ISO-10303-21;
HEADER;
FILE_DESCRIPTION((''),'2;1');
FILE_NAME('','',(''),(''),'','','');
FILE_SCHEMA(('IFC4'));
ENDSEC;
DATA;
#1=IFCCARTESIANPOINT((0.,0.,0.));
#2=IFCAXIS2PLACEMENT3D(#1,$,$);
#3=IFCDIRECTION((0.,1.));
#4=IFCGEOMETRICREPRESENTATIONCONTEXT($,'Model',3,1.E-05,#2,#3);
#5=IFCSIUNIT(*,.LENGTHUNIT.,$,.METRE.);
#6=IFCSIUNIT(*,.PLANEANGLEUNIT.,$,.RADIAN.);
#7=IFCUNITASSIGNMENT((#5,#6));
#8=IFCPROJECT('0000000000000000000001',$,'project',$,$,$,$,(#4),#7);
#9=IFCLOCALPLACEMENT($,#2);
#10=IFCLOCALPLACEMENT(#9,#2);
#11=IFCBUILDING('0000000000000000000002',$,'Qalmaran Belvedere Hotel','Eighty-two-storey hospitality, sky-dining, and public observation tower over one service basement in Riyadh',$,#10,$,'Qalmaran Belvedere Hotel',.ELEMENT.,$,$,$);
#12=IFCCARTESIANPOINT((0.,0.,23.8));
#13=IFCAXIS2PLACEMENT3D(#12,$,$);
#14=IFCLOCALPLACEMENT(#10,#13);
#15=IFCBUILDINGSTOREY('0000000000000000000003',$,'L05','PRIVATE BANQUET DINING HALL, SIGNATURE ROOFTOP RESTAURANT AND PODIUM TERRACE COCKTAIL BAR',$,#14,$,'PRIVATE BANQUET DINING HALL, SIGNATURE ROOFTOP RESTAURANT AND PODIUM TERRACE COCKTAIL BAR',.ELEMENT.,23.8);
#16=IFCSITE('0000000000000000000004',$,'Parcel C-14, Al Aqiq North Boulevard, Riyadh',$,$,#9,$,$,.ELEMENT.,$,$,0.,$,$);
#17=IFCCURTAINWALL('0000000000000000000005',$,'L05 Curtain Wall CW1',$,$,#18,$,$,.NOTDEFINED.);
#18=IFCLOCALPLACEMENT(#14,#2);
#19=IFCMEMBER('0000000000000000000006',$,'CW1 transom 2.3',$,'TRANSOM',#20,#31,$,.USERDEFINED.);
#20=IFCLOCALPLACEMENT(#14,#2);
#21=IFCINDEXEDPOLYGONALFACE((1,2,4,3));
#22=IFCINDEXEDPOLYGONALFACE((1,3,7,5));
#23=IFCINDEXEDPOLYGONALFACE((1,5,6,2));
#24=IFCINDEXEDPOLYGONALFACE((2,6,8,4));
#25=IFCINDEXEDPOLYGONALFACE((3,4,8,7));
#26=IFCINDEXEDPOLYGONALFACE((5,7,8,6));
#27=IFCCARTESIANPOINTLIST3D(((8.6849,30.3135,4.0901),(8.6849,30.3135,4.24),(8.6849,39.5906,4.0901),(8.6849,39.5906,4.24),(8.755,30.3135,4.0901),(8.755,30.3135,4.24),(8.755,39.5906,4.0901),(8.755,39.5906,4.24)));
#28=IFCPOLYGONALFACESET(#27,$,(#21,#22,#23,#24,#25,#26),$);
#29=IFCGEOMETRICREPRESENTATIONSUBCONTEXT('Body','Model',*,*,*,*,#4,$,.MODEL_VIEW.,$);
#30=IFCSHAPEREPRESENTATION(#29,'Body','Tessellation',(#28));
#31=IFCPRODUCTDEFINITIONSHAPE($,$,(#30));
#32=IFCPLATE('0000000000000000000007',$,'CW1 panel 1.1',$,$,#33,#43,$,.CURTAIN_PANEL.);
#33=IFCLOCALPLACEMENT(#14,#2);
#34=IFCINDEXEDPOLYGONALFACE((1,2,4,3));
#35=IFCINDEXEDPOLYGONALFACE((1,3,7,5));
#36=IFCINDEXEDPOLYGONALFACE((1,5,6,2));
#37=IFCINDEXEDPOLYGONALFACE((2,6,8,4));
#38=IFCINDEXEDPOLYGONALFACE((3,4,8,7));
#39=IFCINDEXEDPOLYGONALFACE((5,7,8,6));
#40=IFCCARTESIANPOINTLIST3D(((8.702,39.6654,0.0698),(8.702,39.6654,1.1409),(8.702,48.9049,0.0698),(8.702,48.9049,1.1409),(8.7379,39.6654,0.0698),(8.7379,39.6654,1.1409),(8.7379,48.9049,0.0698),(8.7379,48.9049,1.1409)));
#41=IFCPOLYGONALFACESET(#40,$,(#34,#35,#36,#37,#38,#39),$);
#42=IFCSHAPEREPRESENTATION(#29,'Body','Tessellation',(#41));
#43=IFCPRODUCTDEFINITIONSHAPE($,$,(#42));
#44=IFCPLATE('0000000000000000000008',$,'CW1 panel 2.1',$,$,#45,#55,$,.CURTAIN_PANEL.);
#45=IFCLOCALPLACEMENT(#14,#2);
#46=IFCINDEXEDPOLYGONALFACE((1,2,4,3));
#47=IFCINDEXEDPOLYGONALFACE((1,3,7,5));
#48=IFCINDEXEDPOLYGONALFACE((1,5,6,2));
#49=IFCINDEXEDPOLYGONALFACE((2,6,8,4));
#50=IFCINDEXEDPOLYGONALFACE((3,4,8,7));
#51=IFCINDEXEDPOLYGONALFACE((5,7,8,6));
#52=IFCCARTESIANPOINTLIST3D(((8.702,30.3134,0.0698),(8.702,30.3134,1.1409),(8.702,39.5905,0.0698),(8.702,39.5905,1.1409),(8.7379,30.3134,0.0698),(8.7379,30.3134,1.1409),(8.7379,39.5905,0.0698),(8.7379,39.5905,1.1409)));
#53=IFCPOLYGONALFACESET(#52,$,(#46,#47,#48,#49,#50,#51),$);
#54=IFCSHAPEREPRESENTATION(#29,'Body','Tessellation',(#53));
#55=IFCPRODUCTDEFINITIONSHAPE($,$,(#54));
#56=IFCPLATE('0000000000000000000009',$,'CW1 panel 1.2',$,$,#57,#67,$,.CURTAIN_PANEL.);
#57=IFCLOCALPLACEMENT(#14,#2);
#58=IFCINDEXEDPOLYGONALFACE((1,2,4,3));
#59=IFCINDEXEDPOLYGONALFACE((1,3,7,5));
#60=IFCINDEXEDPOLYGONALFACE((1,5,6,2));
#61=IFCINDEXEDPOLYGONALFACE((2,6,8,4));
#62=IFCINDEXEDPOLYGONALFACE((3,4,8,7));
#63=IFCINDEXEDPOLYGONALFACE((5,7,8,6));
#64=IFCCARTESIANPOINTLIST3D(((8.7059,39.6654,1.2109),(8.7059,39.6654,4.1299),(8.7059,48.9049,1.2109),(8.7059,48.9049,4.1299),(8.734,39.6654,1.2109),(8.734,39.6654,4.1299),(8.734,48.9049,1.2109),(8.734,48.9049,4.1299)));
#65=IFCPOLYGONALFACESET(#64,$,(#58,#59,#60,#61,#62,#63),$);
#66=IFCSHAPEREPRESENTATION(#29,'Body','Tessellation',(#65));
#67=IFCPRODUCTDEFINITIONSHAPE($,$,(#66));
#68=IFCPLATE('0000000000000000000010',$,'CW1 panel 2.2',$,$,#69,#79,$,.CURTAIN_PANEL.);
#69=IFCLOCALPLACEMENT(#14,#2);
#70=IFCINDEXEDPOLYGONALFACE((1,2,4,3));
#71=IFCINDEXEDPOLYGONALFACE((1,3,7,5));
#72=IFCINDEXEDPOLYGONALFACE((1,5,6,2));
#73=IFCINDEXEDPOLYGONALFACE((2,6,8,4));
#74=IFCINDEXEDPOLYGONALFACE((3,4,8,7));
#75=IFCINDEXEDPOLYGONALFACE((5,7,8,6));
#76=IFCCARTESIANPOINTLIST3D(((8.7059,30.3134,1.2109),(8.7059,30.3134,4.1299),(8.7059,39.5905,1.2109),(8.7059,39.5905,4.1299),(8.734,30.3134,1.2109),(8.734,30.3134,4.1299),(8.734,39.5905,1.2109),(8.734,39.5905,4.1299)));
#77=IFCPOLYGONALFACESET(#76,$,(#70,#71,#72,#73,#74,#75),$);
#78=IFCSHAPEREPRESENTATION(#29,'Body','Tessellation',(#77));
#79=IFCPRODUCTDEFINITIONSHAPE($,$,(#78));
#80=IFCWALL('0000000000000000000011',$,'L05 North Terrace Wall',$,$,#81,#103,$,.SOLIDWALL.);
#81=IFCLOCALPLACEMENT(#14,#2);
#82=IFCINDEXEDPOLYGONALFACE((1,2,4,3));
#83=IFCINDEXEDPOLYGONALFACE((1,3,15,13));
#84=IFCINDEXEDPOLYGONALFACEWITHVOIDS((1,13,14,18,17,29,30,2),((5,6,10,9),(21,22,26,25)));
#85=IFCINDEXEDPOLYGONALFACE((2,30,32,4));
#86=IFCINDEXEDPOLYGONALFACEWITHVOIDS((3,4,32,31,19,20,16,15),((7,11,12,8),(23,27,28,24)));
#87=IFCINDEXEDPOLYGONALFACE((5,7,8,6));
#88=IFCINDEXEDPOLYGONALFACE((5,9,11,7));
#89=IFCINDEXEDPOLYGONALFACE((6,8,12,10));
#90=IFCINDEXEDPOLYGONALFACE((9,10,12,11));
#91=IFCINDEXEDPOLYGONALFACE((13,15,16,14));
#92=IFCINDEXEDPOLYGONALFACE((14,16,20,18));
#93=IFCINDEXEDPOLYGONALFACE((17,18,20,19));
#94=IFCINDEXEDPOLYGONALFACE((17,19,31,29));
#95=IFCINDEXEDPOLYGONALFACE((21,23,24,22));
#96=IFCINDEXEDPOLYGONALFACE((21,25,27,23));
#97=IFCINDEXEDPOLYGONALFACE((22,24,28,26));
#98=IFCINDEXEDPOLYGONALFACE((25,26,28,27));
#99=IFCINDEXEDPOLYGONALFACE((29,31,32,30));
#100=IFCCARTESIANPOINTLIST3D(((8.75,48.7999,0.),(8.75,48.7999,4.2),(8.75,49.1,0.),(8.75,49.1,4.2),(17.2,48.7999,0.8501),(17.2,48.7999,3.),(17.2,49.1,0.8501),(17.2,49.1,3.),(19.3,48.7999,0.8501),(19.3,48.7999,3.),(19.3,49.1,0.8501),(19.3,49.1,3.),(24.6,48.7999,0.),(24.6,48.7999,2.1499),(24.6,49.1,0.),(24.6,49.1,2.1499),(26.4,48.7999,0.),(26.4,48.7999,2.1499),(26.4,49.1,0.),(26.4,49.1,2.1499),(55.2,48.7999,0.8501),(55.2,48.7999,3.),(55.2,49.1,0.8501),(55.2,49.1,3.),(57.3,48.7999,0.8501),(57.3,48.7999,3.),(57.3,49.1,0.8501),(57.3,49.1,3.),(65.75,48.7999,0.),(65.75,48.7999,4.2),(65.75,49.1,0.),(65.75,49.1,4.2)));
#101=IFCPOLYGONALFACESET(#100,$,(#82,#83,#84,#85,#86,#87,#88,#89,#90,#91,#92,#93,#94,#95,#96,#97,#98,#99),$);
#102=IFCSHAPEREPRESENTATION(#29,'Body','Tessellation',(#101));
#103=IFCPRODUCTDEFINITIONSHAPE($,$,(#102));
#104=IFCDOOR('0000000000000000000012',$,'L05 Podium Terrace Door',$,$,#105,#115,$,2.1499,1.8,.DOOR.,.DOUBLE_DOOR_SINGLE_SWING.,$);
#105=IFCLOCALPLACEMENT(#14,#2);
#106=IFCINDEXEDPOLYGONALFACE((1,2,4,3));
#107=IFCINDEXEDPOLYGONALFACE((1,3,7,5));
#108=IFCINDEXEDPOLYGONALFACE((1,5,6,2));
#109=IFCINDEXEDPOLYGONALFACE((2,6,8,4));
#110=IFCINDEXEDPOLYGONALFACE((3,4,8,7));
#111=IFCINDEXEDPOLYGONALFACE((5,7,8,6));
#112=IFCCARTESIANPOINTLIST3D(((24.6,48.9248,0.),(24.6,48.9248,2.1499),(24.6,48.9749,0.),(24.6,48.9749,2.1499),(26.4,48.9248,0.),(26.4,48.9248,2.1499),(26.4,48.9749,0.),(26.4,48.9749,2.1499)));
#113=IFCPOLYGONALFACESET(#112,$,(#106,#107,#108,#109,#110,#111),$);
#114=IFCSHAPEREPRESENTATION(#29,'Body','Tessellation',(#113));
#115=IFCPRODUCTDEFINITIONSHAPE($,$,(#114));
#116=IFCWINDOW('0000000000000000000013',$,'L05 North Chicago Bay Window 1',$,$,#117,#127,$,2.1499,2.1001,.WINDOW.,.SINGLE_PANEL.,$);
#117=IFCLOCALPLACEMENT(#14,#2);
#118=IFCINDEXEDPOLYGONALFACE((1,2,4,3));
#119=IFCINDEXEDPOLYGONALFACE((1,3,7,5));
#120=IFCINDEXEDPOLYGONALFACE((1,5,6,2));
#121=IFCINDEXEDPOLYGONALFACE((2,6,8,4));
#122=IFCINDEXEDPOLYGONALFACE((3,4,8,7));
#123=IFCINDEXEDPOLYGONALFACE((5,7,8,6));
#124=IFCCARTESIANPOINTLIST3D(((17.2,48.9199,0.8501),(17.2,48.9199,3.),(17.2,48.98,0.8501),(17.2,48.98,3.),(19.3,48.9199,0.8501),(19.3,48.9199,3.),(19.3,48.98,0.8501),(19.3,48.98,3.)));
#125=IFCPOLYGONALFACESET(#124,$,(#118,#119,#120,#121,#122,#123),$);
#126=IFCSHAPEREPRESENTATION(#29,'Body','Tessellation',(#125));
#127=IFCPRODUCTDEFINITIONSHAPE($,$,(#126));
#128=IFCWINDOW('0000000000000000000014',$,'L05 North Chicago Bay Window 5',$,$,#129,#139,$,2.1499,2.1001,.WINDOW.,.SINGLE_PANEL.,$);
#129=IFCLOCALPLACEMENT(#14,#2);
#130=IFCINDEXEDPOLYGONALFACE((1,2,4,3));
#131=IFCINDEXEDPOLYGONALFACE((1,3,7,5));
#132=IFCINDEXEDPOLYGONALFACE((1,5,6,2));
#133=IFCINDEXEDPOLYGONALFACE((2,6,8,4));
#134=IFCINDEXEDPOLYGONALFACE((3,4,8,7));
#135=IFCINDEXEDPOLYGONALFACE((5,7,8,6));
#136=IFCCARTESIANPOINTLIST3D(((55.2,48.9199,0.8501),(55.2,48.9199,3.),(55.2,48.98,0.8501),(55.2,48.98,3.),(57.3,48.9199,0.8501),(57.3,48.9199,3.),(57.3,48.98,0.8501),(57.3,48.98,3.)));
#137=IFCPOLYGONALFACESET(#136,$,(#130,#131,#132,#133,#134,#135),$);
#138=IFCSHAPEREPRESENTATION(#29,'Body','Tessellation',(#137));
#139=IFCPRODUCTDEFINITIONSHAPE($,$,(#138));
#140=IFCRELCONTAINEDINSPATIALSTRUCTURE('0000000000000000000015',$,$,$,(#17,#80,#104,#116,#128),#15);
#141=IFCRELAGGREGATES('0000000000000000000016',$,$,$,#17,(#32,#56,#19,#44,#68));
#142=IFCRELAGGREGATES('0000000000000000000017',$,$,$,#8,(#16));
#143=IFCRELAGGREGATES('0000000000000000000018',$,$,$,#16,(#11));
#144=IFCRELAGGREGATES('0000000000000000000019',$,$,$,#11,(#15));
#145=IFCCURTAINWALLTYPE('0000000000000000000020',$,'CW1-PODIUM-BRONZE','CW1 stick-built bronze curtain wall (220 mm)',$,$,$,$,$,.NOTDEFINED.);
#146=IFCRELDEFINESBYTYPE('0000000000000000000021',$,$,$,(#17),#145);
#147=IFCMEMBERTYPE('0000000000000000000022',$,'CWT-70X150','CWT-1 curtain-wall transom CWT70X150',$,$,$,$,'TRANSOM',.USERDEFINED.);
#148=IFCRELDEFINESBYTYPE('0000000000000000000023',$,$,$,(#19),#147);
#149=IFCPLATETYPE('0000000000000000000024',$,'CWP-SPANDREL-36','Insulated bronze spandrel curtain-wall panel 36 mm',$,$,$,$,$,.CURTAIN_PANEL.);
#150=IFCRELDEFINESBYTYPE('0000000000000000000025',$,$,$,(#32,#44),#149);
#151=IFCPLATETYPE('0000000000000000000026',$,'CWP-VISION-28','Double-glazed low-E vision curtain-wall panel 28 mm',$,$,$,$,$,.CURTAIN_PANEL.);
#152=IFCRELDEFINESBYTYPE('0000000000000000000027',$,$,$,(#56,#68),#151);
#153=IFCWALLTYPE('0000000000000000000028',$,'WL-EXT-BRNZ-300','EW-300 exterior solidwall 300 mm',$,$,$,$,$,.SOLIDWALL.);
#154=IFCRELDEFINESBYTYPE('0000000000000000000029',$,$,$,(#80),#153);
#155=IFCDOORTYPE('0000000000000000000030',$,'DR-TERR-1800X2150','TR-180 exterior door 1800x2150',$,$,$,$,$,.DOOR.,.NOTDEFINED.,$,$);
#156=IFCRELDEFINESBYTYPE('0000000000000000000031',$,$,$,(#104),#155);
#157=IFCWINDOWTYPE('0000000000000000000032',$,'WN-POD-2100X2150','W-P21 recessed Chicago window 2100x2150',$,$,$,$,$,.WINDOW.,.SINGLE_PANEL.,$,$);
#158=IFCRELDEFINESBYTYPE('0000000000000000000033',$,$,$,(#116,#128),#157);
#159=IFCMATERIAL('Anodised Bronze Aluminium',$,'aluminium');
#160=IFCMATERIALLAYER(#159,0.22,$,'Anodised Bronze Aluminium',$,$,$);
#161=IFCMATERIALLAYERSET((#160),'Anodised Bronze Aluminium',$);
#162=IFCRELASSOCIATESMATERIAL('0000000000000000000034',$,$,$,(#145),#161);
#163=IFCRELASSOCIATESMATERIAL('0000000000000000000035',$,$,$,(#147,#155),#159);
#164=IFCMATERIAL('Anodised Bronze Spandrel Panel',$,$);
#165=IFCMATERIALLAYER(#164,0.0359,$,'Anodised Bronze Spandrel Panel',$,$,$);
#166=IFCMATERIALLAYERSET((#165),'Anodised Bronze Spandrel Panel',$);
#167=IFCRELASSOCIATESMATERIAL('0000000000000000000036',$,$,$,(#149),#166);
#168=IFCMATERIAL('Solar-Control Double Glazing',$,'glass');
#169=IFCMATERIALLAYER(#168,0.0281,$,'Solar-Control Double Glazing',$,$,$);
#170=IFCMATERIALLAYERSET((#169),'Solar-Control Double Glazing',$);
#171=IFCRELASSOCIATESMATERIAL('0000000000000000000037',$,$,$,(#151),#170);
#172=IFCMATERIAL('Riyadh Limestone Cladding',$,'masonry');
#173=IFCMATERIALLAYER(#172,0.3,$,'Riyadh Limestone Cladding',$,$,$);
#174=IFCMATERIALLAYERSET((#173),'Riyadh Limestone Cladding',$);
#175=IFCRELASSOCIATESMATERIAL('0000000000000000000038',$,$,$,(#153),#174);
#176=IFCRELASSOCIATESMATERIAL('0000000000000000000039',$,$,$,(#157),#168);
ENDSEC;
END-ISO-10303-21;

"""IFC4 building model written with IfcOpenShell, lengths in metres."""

from ifc_helpers import new_model, si_unit, direction, frame, frame_2d, origin, origin_2d, place, context, subcontext, project, spatial, rectangle, extrude, material, layer, layer_set, material_profile, profile_set, type_object, element, fill, aggregate, save


model = new_model("IFC4")

# Units and contexts
model_context = context("Model", 3, precision=1e-05, world=origin(), true_north=direction((0.0, 1.0)))
body_context = subcontext(model_context, "Body", "Model", "MODEL_VIEW")
ifc_project = project(units=[si_unit("LENGTHUNIT", "METRE"), si_unit("PLANEANGLEUNIT", "RADIAN")], contexts=[model_context])

# Site, building, storey
site_placement = place(None, origin())
site = spatial("IfcSite", under=ifc_project, at=site_placement, Name="Parcel C-14, Al Aqiq North Boulevard, Riyadh", CompositionType="ELEMENT", RefElevation=0.0)
building_placement = place(site_placement, origin())
building = spatial("IfcBuilding", under=site, at=building_placement, Name="Qalmaran Belvedere Hotel", Description="Eighty-two-storey hospitality, sky-dining, and public observation tower over one service basement in Riyadh", LongName="Qalmaran Belvedere Hotel", CompositionType="ELEMENT")
storey_placement = place(building_placement, frame((0.0, 0.0, 23.8)))
storey = spatial("IfcBuildingStorey", under=building, at=storey_placement, Name="L05", Description="PRIVATE BANQUET DINING HALL, SIGNATURE ROOFTOP RESTAURANT AND PODIUM TERRACE COCKTAIL BAR", LongName="PRIVATE BANQUET DINING HALL, SIGNATURE ROOFTOP RESTAURANT AND PODIUM TERRACE COCKTAIL BAR", CompositionType="ELEMENT", Elevation=23.8)

# Curtain wall, member, plates
ifc_material_1 = material(Name="Anodised Bronze Aluminium", Category="aluminium")
ifc_layer_1 = layer(ifc_material_1, 0.22, Name="Anodised Bronze Aluminium")
ifc_layer_set_1 = layer_set([ifc_layer_1], Name="Anodised Bronze Aluminium")
curtain_wall_type = type_object("IfcCurtainWallType", Name="CW1-PODIUM-BRONZE", Description="CW1 stick-built bronze curtain wall (220 mm)", PredefinedType="NOTDEFINED", material=ifc_layer_set_1)
curtain_wall_placement = place(storey_placement, origin())
curtain_wall = element("IfcCurtainWall", 1, at=curtain_wall_placement, inside=storey, type_object=curtain_wall_type, Name="L05 Curtain Wall CW1", PredefinedType="NOTDEFINED")
ifc_material_profile_1 = material_profile(ifc_material_1, rectangle(XDim=0.0701, YDim=0.1499, at=origin_2d()), Name="CWT70X150")
ifc_profile_set_1 = profile_set([ifc_material_profile_1], Name="Anodised Bronze Aluminium")
member_type_1 = type_object("IfcMemberType", Name="CWT-70X150", Description="CWT-1 curtain-wall transom CWT70X150", ElementType="TRANSOM", PredefinedType="USERDEFINED", material=ifc_profile_set_1)
member_1_placement = place(storey_placement, frame((8.72, 39.5906, 4.165), z_axis=(0.0, -1.0, 0.0), x_axis=(1.0, 0.0, 0.0)))
member_1 = element("IfcMember", 2, at=member_1_placement, type_object=member_type_1, Name="CW1 transom 2.3", ObjectType="TRANSOM", PredefinedType="USERDEFINED", context=body_context, shape_type="SweptSolid", body=[
    extrude(rectangle(XDim=0.0701, YDim=0.1499, at=origin_2d()), origin(), (0.0, 0.0, 1.0), 9.2771),
])
ifc_material_2 = material(Name="Anodised Bronze Spandrel Panel")
ifc_layer_2 = layer(ifc_material_2, 0.0359, Name="Anodised Bronze Spandrel Panel")
ifc_layer_set_2 = layer_set([ifc_layer_2], Name="Anodised Bronze Spandrel Panel")
plate_type_1 = type_object("IfcPlateType", Name="CWP-SPANDREL-36", Description="Insulated bronze spandrel curtain-wall panel 36 mm", PredefinedType="CURTAIN_PANEL", material=ifc_layer_set_2)
plate_1_placement = place(storey_placement, frame((8.72, 44.2852, 0.0698), z_axis=(0.0, 0.0, 1.0), x_axis=(0.0, -1.0, 0.0)))
plate_1 = element("IfcPlate", 3, at=plate_1_placement, type_object=plate_type_1, Name="CW1 panel 1.1", PredefinedType="CURTAIN_PANEL", context=body_context, shape_type="SweptSolid", body=[
    extrude(rectangle(XDim=9.2395, YDim=0.0359, at=origin_2d()), origin(), (0.0, 0.0, 1.0), 1.071),
])
plate_2_placement = place(storey_placement, frame((8.72, 34.9519, 0.0698), z_axis=(0.0, 0.0, 1.0), x_axis=(0.0, -1.0, 0.0)))
plate_2 = element("IfcPlate", 4, at=plate_2_placement, type_object=plate_type_1, Name="CW1 panel 2.1", PredefinedType="CURTAIN_PANEL", context=body_context, shape_type="SweptSolid", body=[
    extrude(rectangle(XDim=9.2771, YDim=0.0359, at=origin_2d()), origin(), (0.0, 0.0, 1.0), 1.071),
])
ifc_material_3 = material(Name="Solar-Control Double Glazing", Category="glass")
ifc_layer_3 = layer(ifc_material_3, 0.0281, Name="Solar-Control Double Glazing")
ifc_layer_set_3 = layer_set([ifc_layer_3], Name="Solar-Control Double Glazing")
plate_type_2 = type_object("IfcPlateType", Name="CWP-VISION-28", Description="Double-glazed low-E vision curtain-wall panel 28 mm", PredefinedType="CURTAIN_PANEL", material=ifc_layer_set_3)
plate_3_placement = place(storey_placement, frame((8.72, 44.2852, 1.2109), z_axis=(0.0, 0.0, 1.0), x_axis=(0.0, -1.0, 0.0)))
plate_3 = element("IfcPlate", 5, at=plate_3_placement, type_object=plate_type_2, Name="CW1 panel 1.2", PredefinedType="CURTAIN_PANEL", context=body_context, shape_type="SweptSolid", body=[
    extrude(rectangle(XDim=9.2395, YDim=0.0281, at=origin_2d()), origin(), (0.0, 0.0, 1.0), 2.9189),
])
plate_4_placement = place(storey_placement, frame((8.72, 34.9519, 1.2109), z_axis=(0.0, 0.0, 1.0), x_axis=(0.0, -1.0, 0.0)))
plate_4 = element("IfcPlate", 6, at=plate_4_placement, type_object=plate_type_2, Name="CW1 panel 2.2", PredefinedType="CURTAIN_PANEL", context=body_context, shape_type="SweptSolid", body=[
    extrude(rectangle(XDim=9.2771, YDim=0.0281, at=origin_2d()), origin(), (0.0, 0.0, 1.0), 2.9189),
])
aggregate(curtain_wall, [plate_1, plate_3, member_1, plate_2, plate_4])

# Wall, openings, door, windows
ifc_material_4 = material(Name="Riyadh Limestone Cladding", Category="masonry")
ifc_layer_4 = layer(ifc_material_4, 0.3, Name="Riyadh Limestone Cladding")
ifc_layer_set_4 = layer_set([ifc_layer_4], Name="Riyadh Limestone Cladding")
wall_type = type_object("IfcWallType", Name="WL-EXT-BRNZ-300", Description="EW-300 exterior solidwall 300 mm", PredefinedType="SOLIDWALL", material=ifc_layer_set_4)
wall_placement = place(storey_placement, frame((8.75, 48.95, 0.0), z_axis=(0.0, 0.0, 1.0), x_axis=(1.0, 0.0, 0.0)))
wall = element("IfcWall", 7, at=wall_placement, inside=storey, type_object=wall_type, Name="L05 North Terrace Wall", PredefinedType="SOLIDWALL", context=body_context, shape_type="SweptSolid", body=[
    extrude(rectangle(XDim=57.0, YDim=0.3, at=frame_2d((28.5, 0.0))), origin(), (0.0, 0.0, 1.0), 4.2),
])
opening_1_placement = place(wall_placement, frame((15.8501, 0.0, 0.0)))
opening_1 = element("IfcOpeningElement", 8, at=opening_1_placement, cuts=wall, PredefinedType="OPENING", context=body_context, shape_type="SweptSolid", body=[
    extrude(rectangle(XDim=1.8, YDim=2.1499, at=frame_2d((0.8999, 1.075))), frame((0.0, 0.1602, 0.0), z_axis=(0.0, -1.0, 0.0), x_axis=(1.0, 0.0, 0.0)), (0.0, 0.0, 1.0), 0.3201),
])
opening_2_placement = place(wall_placement, frame((8.45, 0.0, 0.8501)))
opening_2 = element("IfcOpeningElement", 9, at=opening_2_placement, cuts=wall, PredefinedType="OPENING", context=body_context, shape_type="SweptSolid", body=[
    extrude(rectangle(XDim=2.1001, YDim=2.1499, at=frame_2d((1.05, 1.075))), frame((0.0, 0.1602, 0.0), z_axis=(0.0, -1.0, 0.0), x_axis=(1.0, 0.0, 0.0)), (0.0, 0.0, 1.0), 0.3201),
])
opening_3_placement = place(wall_placement, frame((46.45, 0.0, 0.8501)))
opening_3 = element("IfcOpeningElement", 10, at=opening_3_placement, cuts=wall, PredefinedType="OPENING", context=body_context, shape_type="SweptSolid", body=[
    extrude(rectangle(XDim=2.1001, YDim=2.1499, at=frame_2d((1.05, 1.075))), frame((0.0, 0.1602, 0.0), z_axis=(0.0, -1.0, 0.0), x_axis=(1.0, 0.0, 0.0)), (0.0, 0.0, 1.0), 0.3201),
])
door_type = type_object("IfcDoorType", Name="DR-TERR-1800X2150", Description="TR-180 exterior door 1800x2150", OperationType="NOTDEFINED", PredefinedType="DOOR", material=ifc_material_1)
door_placement = place(opening_1_placement, origin())
door = element("IfcDoor", 11, at=door_placement, inside=storey, type_object=door_type, Name="L05 Podium Terrace Door", OperationType="DOUBLE_DOOR_SINGLE_SWING", OverallHeight=2.1499, OverallWidth=1.8, PredefinedType="DOOR", context=body_context, shape_type="SweptSolid", body=[
    extrude(rectangle(XDim=1.8, YDim=2.1499, at=frame_2d((0.8999, 1.075))), frame((0.0, 0.0249, 0.0), z_axis=(0.0, -1.0, 0.0), x_axis=(1.0, 0.0, 0.0)), (0.0, 0.0, 1.0), 0.05),
])
fill(opening_1, door)
window_type = type_object("IfcWindowType", Name="WN-POD-2100X2150", Description="W-P21 recessed Chicago window 2100x2150", PartitioningType="SINGLE_PANEL", PredefinedType="WINDOW", material=ifc_material_3)
window_1_placement = place(opening_2_placement, origin())
window_1 = element("IfcWindow", 12, at=window_1_placement, inside=storey, type_object=window_type, Name="L05 North Chicago Bay Window 1", OverallHeight=2.1499, OverallWidth=2.1001, PartitioningType="SINGLE_PANEL", PredefinedType="WINDOW", context=body_context, shape_type="SweptSolid", body=[
    extrude(rectangle(XDim=2.1001, YDim=2.1499, at=frame_2d((1.05, 1.075))), frame((0.0, 0.03, 0.0), z_axis=(0.0, -1.0, 0.0), x_axis=(1.0, 0.0, 0.0)), (0.0, 0.0, 1.0), 0.0601),
])
fill(opening_2, window_1)
window_2_placement = place(opening_3_placement, origin())
window_2 = element("IfcWindow", 13, at=window_2_placement, inside=storey, type_object=window_type, Name="L05 North Chicago Bay Window 5", OverallHeight=2.1499, OverallWidth=2.1001, PartitioningType="SINGLE_PANEL", PredefinedType="WINDOW", context=body_context, shape_type="SweptSolid", body=[
    extrude(rectangle(XDim=2.1001, YDim=2.1499, at=frame_2d((1.05, 1.075))), frame((0.0, 0.03, 0.0), z_axis=(0.0, -1.0, 0.0), x_axis=(1.0, 0.0, 0.0)), (0.0, 0.0, 1.0), 0.0601),
])
fill(opening_3, window_2)

save(model, "model.ifc")
